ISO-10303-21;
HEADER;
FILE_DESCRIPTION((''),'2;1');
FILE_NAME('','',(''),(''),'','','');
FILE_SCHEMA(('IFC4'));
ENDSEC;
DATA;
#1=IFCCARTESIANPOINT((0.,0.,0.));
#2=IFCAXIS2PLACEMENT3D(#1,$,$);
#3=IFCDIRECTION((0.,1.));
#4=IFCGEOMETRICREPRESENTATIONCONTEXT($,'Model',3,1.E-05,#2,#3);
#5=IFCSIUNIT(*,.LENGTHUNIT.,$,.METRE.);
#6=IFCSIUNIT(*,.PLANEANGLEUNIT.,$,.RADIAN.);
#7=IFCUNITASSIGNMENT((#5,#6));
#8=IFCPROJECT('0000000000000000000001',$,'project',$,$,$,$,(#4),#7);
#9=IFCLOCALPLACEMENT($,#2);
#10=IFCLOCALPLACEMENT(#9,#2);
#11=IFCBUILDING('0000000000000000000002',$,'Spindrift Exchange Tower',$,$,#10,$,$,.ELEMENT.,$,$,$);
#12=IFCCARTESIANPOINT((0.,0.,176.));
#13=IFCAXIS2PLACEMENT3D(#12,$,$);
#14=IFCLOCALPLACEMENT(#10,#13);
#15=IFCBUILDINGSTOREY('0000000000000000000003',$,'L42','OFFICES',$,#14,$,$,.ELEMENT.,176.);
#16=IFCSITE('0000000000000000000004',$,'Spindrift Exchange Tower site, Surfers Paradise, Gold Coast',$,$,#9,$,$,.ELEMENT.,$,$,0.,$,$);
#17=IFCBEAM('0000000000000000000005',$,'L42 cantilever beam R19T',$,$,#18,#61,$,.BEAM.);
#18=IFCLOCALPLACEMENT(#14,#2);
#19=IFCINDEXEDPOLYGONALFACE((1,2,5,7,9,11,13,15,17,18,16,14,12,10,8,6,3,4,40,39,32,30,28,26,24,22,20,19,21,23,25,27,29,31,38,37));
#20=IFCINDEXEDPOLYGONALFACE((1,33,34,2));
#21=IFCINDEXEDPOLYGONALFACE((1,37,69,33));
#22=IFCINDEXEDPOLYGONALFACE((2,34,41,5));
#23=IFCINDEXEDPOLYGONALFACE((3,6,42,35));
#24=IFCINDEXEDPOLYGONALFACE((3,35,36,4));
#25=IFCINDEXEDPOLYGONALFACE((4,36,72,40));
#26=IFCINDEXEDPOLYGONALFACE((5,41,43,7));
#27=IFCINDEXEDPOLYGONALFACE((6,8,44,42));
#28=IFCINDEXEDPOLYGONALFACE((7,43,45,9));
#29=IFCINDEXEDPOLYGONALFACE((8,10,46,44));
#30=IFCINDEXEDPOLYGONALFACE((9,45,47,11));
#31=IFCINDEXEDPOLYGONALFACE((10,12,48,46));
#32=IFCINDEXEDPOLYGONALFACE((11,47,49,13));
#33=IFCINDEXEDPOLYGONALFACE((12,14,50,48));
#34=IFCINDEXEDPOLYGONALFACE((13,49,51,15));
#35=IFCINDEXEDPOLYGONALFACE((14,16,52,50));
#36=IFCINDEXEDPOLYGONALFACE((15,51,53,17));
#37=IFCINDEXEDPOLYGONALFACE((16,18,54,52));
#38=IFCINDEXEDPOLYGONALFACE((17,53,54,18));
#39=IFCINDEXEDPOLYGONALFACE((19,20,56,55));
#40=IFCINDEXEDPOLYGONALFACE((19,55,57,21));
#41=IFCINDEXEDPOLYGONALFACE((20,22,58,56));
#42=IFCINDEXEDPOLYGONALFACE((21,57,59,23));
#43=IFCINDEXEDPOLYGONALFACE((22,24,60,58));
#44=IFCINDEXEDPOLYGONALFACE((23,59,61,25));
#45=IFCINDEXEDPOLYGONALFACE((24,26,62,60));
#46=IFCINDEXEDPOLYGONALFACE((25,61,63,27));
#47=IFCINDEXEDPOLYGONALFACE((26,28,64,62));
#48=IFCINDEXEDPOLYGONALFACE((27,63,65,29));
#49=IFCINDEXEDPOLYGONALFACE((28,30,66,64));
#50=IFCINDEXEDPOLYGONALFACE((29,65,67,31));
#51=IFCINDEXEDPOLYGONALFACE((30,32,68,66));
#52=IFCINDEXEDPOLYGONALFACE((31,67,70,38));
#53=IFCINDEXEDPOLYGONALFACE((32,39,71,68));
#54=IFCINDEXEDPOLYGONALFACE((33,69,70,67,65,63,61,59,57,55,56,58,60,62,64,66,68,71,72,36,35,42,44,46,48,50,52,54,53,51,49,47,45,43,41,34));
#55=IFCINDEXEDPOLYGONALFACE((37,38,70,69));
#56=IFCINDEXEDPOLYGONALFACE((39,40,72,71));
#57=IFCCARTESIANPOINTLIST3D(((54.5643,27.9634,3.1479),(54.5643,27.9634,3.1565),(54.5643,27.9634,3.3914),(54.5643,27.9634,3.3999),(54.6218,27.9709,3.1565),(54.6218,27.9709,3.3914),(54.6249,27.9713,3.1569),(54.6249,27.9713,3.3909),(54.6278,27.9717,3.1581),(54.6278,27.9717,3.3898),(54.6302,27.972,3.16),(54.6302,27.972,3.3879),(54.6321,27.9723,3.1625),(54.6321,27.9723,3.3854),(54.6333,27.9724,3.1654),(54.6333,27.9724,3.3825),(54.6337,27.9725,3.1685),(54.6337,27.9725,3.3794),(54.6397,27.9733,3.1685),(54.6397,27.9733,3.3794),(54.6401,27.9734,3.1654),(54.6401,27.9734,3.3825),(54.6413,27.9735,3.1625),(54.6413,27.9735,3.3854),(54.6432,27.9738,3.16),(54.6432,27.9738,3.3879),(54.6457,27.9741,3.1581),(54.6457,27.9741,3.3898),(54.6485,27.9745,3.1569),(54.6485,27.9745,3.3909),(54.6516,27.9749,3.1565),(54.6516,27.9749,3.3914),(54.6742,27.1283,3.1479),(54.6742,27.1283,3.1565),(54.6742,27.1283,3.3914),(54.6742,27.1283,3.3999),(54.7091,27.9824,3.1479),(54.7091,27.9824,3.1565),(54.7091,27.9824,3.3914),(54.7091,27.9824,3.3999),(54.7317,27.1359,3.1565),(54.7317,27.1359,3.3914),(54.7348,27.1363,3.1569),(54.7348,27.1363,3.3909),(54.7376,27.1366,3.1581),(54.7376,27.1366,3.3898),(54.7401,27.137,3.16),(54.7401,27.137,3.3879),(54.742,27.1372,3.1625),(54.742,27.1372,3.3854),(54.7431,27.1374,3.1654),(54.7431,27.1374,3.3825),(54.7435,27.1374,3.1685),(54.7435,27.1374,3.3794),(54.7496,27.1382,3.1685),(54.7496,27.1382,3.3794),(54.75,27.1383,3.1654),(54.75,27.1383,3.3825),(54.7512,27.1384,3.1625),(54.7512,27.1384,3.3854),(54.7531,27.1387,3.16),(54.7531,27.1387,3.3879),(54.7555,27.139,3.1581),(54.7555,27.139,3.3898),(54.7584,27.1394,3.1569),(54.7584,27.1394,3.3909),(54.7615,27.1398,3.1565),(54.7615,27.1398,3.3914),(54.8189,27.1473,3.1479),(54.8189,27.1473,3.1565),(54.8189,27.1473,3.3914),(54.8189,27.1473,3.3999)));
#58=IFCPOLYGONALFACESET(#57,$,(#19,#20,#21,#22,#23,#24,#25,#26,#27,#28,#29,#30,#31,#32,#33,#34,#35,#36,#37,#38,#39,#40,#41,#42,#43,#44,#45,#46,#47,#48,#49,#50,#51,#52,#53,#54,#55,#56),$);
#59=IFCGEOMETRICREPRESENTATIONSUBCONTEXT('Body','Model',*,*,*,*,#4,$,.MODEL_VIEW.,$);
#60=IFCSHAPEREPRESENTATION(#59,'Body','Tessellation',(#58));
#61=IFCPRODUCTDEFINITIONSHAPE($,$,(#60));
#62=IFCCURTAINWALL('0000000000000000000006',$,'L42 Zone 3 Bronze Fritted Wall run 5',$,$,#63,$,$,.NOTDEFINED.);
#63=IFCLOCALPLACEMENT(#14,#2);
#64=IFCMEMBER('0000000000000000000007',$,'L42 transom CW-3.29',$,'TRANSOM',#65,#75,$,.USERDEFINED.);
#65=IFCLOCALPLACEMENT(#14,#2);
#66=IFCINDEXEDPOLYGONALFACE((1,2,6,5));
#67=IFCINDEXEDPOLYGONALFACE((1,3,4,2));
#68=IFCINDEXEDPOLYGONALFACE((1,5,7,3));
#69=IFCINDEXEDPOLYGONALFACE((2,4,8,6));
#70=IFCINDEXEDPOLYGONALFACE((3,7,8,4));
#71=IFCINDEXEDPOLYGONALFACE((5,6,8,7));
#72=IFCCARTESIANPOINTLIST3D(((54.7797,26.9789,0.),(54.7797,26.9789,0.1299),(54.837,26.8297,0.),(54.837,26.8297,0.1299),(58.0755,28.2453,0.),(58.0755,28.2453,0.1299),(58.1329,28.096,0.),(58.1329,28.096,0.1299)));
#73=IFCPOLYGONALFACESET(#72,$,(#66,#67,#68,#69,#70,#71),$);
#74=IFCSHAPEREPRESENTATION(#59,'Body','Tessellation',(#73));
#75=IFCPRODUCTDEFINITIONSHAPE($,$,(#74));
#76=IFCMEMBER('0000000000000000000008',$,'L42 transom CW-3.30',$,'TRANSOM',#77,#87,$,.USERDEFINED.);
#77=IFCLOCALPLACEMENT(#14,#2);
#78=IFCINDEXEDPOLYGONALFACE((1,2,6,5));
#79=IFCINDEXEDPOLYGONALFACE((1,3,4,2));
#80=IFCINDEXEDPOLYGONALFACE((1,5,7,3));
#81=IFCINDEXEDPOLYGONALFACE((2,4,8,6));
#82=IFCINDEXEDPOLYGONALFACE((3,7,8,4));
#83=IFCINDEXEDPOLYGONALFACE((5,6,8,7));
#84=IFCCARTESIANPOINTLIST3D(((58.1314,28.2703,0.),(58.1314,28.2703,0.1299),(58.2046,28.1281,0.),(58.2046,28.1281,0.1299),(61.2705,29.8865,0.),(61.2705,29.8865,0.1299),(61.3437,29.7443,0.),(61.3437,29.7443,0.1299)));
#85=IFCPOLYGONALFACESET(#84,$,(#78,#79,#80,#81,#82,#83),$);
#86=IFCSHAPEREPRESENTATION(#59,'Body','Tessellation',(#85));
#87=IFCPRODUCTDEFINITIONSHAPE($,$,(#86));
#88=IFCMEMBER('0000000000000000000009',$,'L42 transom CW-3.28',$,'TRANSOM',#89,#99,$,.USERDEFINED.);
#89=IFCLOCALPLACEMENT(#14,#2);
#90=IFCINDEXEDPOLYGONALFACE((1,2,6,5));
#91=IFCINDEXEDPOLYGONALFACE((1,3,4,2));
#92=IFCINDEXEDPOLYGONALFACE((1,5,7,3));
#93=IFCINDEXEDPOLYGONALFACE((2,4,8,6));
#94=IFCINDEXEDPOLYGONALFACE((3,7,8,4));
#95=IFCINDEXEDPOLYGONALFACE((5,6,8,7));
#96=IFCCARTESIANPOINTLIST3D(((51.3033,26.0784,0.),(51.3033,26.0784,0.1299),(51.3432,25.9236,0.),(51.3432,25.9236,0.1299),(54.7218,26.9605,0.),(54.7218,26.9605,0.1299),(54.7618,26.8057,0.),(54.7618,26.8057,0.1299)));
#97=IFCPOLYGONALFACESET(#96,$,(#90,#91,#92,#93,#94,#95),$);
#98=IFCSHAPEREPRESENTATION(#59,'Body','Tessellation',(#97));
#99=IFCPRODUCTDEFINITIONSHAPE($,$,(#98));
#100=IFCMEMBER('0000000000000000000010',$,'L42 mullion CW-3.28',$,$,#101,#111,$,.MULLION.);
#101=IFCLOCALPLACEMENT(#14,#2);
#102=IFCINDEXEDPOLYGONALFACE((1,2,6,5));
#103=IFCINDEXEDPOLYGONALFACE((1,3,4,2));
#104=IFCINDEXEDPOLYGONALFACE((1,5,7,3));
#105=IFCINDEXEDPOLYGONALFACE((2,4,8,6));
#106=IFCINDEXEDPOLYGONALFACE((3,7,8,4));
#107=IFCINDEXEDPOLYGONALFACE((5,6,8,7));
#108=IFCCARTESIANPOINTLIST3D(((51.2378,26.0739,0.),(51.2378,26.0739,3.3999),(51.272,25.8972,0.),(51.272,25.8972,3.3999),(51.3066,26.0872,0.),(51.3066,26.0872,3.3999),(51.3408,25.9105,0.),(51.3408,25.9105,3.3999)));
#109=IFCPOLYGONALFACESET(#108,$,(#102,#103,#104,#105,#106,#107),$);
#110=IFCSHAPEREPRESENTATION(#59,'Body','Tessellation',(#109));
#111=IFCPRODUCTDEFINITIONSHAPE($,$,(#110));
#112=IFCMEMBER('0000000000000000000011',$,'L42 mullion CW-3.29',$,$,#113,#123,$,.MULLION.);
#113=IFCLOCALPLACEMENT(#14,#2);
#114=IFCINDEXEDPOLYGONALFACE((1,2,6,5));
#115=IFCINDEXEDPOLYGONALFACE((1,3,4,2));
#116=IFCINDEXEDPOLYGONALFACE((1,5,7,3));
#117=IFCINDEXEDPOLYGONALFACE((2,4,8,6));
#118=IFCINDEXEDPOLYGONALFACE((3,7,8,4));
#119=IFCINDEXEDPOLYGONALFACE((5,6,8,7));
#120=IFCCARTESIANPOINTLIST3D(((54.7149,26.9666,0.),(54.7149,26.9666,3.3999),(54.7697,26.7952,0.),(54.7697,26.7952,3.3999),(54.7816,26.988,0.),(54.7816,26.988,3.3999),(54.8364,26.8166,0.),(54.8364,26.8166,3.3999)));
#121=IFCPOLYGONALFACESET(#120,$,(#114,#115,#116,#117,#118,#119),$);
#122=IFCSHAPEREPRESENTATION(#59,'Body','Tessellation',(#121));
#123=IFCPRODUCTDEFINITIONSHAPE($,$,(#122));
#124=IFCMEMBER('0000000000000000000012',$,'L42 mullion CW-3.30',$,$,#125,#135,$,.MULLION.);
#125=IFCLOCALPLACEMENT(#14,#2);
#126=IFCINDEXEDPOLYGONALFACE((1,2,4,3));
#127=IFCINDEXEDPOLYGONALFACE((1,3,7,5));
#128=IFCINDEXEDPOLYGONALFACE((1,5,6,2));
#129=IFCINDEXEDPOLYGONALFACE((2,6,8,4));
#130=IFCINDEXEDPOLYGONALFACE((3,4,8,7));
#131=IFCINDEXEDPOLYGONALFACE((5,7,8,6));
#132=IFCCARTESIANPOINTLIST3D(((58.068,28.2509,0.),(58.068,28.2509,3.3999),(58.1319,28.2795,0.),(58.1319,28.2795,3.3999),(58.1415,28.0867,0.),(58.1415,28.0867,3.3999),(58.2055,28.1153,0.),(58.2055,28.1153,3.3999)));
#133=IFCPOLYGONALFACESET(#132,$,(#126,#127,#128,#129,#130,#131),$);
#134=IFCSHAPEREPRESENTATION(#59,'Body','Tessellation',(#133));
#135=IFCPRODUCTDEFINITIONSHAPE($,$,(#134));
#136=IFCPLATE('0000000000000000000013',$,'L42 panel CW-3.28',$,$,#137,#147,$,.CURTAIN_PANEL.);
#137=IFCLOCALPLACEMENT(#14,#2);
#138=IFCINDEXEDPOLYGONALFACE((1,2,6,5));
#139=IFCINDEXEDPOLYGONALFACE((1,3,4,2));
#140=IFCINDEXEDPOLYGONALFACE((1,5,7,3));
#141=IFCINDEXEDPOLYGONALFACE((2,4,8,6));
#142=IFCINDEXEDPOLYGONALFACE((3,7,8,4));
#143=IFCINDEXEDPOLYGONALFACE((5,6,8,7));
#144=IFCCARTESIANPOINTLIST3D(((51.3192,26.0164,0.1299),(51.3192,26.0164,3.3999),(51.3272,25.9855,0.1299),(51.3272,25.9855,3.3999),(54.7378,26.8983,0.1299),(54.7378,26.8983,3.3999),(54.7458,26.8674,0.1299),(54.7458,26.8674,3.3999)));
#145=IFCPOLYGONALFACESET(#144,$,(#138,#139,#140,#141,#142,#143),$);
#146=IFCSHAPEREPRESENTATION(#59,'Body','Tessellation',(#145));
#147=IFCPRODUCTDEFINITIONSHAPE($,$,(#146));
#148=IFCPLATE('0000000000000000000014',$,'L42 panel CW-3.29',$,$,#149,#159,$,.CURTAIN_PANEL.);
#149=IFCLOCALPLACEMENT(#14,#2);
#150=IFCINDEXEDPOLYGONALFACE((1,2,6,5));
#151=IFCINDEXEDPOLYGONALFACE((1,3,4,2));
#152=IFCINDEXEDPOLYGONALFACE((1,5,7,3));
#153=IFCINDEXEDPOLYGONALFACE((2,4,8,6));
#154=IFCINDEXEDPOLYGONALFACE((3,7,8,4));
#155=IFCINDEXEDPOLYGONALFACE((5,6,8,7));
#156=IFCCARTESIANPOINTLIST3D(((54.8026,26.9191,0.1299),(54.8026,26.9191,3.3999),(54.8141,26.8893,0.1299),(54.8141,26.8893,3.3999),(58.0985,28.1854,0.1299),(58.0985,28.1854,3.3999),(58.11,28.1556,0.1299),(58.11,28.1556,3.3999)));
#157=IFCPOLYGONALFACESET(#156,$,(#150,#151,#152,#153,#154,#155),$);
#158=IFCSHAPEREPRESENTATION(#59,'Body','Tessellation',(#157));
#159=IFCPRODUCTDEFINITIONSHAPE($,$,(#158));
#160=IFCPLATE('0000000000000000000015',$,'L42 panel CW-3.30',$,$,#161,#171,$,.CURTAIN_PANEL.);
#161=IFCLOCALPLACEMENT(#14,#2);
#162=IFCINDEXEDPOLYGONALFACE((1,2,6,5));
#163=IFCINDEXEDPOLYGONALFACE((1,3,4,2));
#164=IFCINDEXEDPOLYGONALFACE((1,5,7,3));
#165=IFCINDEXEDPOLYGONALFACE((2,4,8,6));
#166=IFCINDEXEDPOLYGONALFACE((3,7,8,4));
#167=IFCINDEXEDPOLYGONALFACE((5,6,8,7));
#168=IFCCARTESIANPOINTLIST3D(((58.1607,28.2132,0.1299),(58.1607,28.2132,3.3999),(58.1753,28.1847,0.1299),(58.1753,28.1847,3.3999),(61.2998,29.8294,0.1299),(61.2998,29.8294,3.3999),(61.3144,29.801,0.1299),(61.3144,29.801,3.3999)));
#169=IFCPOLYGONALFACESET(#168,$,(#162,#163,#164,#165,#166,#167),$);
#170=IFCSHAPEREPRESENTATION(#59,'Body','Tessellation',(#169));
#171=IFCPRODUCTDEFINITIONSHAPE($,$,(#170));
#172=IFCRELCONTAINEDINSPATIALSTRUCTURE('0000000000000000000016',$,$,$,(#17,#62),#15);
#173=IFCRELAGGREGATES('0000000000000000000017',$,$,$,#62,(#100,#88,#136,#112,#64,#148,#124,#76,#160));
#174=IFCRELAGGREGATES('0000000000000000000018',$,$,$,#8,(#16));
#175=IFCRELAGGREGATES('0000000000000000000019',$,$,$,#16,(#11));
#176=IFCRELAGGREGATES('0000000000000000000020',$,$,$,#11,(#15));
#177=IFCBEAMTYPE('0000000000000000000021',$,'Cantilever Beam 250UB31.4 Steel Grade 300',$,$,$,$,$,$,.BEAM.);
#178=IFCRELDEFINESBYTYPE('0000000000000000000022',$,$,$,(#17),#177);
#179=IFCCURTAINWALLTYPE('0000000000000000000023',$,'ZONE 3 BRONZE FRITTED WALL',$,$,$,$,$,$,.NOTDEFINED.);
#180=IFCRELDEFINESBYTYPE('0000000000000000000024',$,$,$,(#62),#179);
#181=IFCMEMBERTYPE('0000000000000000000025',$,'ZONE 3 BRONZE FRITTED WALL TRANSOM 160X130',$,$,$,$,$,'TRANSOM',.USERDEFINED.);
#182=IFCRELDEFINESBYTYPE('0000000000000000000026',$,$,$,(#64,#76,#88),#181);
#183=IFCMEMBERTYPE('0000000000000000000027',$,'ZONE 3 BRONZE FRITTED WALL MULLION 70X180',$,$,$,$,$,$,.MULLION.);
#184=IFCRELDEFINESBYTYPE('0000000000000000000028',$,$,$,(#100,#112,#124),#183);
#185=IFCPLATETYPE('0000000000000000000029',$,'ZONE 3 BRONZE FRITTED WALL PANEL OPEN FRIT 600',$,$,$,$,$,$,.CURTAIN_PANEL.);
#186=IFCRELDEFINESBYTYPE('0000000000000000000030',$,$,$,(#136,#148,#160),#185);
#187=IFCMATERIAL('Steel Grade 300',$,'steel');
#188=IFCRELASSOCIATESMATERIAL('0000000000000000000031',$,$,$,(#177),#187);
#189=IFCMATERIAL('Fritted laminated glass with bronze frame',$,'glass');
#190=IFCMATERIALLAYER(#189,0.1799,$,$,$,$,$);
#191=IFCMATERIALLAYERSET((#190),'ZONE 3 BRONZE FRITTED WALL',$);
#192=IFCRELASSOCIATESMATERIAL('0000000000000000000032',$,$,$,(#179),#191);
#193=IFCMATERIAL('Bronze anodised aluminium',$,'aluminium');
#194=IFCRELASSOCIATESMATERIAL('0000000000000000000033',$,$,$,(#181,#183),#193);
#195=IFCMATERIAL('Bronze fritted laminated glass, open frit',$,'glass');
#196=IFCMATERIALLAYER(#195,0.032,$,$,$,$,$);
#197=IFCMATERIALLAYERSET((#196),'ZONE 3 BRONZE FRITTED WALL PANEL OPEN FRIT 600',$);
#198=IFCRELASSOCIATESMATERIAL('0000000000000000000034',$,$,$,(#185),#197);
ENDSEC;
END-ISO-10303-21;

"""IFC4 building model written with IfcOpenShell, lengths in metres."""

from ifc_helpers import new_model, si_unit, direction, frame, origin, origin_2d, place, context, subcontext, project, spatial, rectangle, i_section, extrude, source, transform, mapped, material, layer, layer_set, material_profile, profile_set, type_object, element, aggregate, save


model = new_model("IFC4")

# Units and contexts
model_context = context("Model", 3, precision=1e-05, world=origin(), true_north=direction((0.0, 1.0)))
body_context = subcontext(model_context, "Body", "Model", "MODEL_VIEW")
ifc_project = project(units=[si_unit("LENGTHUNIT", "METRE"), si_unit("PLANEANGLEUNIT", "RADIAN")], contexts=[model_context])

# Site, building, storey
site_placement = place(None, origin())
site = spatial("IfcSite", under=ifc_project, at=site_placement, Name="Spindrift Exchange Tower site, Surfers Paradise, Gold Coast", CompositionType="ELEMENT", RefElevation=0.0)
building_placement = place(site_placement, origin())
building = spatial("IfcBuilding", under=site, at=building_placement, Name="Spindrift Exchange Tower", CompositionType="ELEMENT")
storey_placement = place(building_placement, frame((0.0, 0.0, 176.0)))
storey = spatial("IfcBuildingStorey", under=building, at=storey_placement, Name="L42", Description="OFFICES", CompositionType="ELEMENT", Elevation=176.0)

# Beam
ifc_material_1 = material(Name="Steel Grade 300", Category="steel")
ifc_material_profile_1 = material_profile(ifc_material_1, i_section(OverallWidth=0.146, OverallDepth=0.252, WebThickness=0.0061, FlangeThickness=0.0085, FilletRadius=0.012, at=origin_2d()), Name="250UB31.4")
ifc_profile_set_1 = profile_set([ifc_material_profile_1], Name="Steel Grade 300")
beam_type_1 = type_object("IfcBeamType", Name="Cantilever Beam 250UB31.4 Steel Grade 300", PredefinedType="BEAM", material=ifc_profile_set_1)
shared_shape_1 = source(origin(), body_context, "Body", "SweptSolid", [
    extrude(i_section(OverallWidth=0.146, OverallDepth=0.252, WebThickness=0.0061, FlangeThickness=0.0085, FilletRadius=0.012, at=origin_2d()), origin(), (0.0, 0.0, 1.0), 0.8423),
])
beam_1_placement = place(storey_placement, frame((54.6367, 27.9729, 3.2739), z_axis=(0.130417, -0.991459, 0.0), x_axis=(0.991459, 0.130417, 0.0)))
element("IfcBeam", 1, at=beam_1_placement, inside=storey, type_object=beam_type_1, Name="L42 cantilever beam R19T", PredefinedType="BEAM", context=body_context, shape_type="MappedRepresentation", body=[
    mapped(shared_shape_1, transform((0.0, 0.0, 0.0), scale=1.0)),
])

# Curtain wall, members, plates
ifc_material_2 = material(Name="Fritted laminated glass with bronze frame", Category="glass")
ifc_layer_1 = layer(ifc_material_2, 0.1799)
ifc_layer_set_1 = layer_set([ifc_layer_1], Name="ZONE 3 BRONZE FRITTED WALL")
curtain_wall_type = type_object("IfcCurtainWallType", Name="ZONE 3 BRONZE FRITTED WALL", PredefinedType="NOTDEFINED", material=ifc_layer_set_1)
curtain_wall_placement = place(storey_placement, origin())
curtain_wall = element("IfcCurtainWall", 2, at=curtain_wall_placement, inside=storey, type_object=curtain_wall_type, Name="L42 Zone 3 Bronze Fritted Wall run 5", PredefinedType="NOTDEFINED")
ifc_material_3 = material(Name="Bronze anodised aluminium", Category="aluminium")
ifc_material_profile_2 = material_profile(ifc_material_3, rectangle(XDim=0.1599, YDim=0.1299, at=origin_2d()), Name="ZONE 3 BRONZE FRITTED WALL TRANSOM 160X130")
ifc_profile_set_2 = profile_set([ifc_material_profile_2], Name="Bronze anodised aluminium")
member_type_1 = type_object("IfcMemberType", Name="ZONE 3 BRONZE FRITTED WALL TRANSOM 160X130", ElementType="TRANSOM", PredefinedType="USERDEFINED", material=ifc_profile_set_2)
shared_shape_2 = source(origin(), body_context, "Body", "SweptSolid", [
    extrude(rectangle(XDim=0.1599, YDim=0.1299, at=origin_2d()), origin(), (0.0, 0.0, 1.0), 3.5308),
])
member_1_placement = place(storey_placement, frame((54.8083, 26.9043, 0.0649), z_axis=(0.933469, 0.358659, 0.0), x_axis=(-0.358659, 0.933469, 0.0)))
member_1 = element("IfcMember", 3, at=member_1_placement, type_object=member_type_1, Name="L42 transom CW-3.29", ObjectType="TRANSOM", PredefinedType="USERDEFINED", context=body_context, shape_type="MappedRepresentation", body=[
    mapped(shared_shape_2, transform((0.0, 0.0, 0.0), scale=1.0)),
])
member_2_placement = place(storey_placement, frame((58.168, 28.1992, 0.0649), z_axis=(0.889082, 0.457748, 0.0), x_axis=(-0.457748, 0.889082, 0.0)))
member_2 = element("IfcMember", 4, at=member_2_placement, type_object=member_type_1, Name="L42 transom CW-3.30", ObjectType="TRANSOM", PredefinedType="USERDEFINED", context=body_context, shape_type="MappedRepresentation", body=[
    mapped(shared_shape_2, transform((0.0, 0.0, 0.0), scale=1.0)),
])
shared_shape_3 = source(origin(), body_context, "Body", "SweptSolid", [
    extrude(rectangle(XDim=0.1599, YDim=0.1299, at=origin_2d()), origin(), (0.0, 0.0, 1.0), 3.5305),
])
member_3_placement = place(storey_placement, frame((51.3232, 26.001, 0.0649), z_axis=(0.968284, 0.249851, 0.0), x_axis=(-0.249851, 0.968284, 0.0)))
member_3 = element("IfcMember", 5, at=member_3_placement, type_object=member_type_1, Name="L42 transom CW-3.28", ObjectType="TRANSOM", PredefinedType="USERDEFINED", context=body_context, shape_type="MappedRepresentation", body=[
    mapped(shared_shape_3, transform((0.0, 0.0, 0.0), scale=1.0)),
])
ifc_material_profile_3 = material_profile(ifc_material_3, rectangle(XDim=0.0701, YDim=0.1799, at=origin_2d()), Name="ZONE 3 BRONZE FRITTED WALL MULLION 70X180")
ifc_profile_set_3 = profile_set([ifc_material_profile_3], Name="Bronze anodised aluminium")
member_type_2 = type_object("IfcMemberType", Name="ZONE 3 BRONZE FRITTED WALL MULLION 70X180", PredefinedType="MULLION", material=ifc_profile_set_3)
shared_shape_4 = source(origin(), body_context, "Body", "SweptSolid", [
    extrude(rectangle(XDim=0.0701, YDim=0.1799, at=origin_2d()), origin(), (0.0, 0.0, 1.0), 3.3999),
])
member_4_placement = place(storey_placement, frame((51.2893, 25.9922, 0.0), z_axis=(0.0, 0.0, 1.0), x_axis=(0.981831, 0.189758, 0.0)))
member_4 = element("IfcMember", 6, at=member_4_placement, type_object=member_type_2, Name="L42 mullion CW-3.28", PredefinedType="MULLION", context=body_context, shape_type="MappedRepresentation", body=[
    mapped(shared_shape_4, transform((0.0, 0.0, 0.0), scale=1.0)),
])
member_5_placement = place(storey_placement, frame((54.7756, 26.8916, 0.0), z_axis=(0.0, 0.0, 1.0), x_axis=(0.952441, 0.304724, 0.0)))
member_5 = element("IfcMember", 7, at=member_5_placement, type_object=member_type_2, Name="L42 mullion CW-3.29", PredefinedType="MULLION", context=body_context, shape_type="MappedRepresentation", body=[
    mapped(shared_shape_4, transform((0.0, 0.0, 0.0), scale=1.0)),
])
member_6_placement = place(storey_placement, frame((58.1367, 28.1831, 0.0), z_axis=(0.0, 0.0, 1.0), x_axis=(0.912619, 0.40881, 0.0)))
member_6 = element("IfcMember", 8, at=member_6_placement, type_object=member_type_2, Name="L42 mullion CW-3.30", PredefinedType="MULLION", context=body_context, shape_type="MappedRepresentation", body=[
    mapped(shared_shape_4, transform((0.0, 0.0, 0.0), scale=1.0)),
])
ifc_material_4 = material(Name="Bronze fritted laminated glass, open frit", Category="glass")
ifc_layer_2 = layer(ifc_material_4, 0.032)
ifc_layer_set_2 = layer_set([ifc_layer_2], Name="ZONE 3 BRONZE FRITTED WALL PANEL OPEN FRIT 600")
plate_type = type_object("IfcPlateType", Name="ZONE 3 BRONZE FRITTED WALL PANEL OPEN FRIT 600", PredefinedType="CURTAIN_PANEL", material=ifc_layer_set_2)
shared_shape_5 = source(origin(), body_context, "Body", "SweptSolid", [
    extrude(rectangle(XDim=3.5305, YDim=0.032, at=origin_2d()), origin(), (0.0, 0.0, 1.0), 3.27),
])
plate_1_placement = place(storey_placement, frame((53.0325, 26.4419, 0.1299), z_axis=(0.0, 0.0, 1.0), x_axis=(0.968299, 0.249795, 0.0)))
plate_1 = element("IfcPlate", 9, at=plate_1_placement, type_object=plate_type, Name="L42 panel CW-3.28", PredefinedType="CURTAIN_PANEL", context=body_context, shape_type="MappedRepresentation", body=[
    mapped(shared_shape_5, transform((0.0, 0.0, 0.0), scale=1.0)),
])
shared_shape_6 = source(origin(), body_context, "Body", "SweptSolid", [
    extrude(rectangle(XDim=3.5308, YDim=0.032, at=origin_2d()), origin(), (0.0, 0.0, 1.0), 3.27),
])
plate_2_placement = place(storey_placement, frame((56.4563, 27.5374, 0.1299), z_axis=(0.0, 0.0, 1.0), x_axis=(0.93347, 0.358656, 0.0)))
plate_2 = element("IfcPlate", 10, at=plate_2_placement, type_object=plate_type, Name="L42 panel CW-3.29", PredefinedType="CURTAIN_PANEL", context=body_context, shape_type="MappedRepresentation", body=[
    mapped(shared_shape_6, transform((0.0, 0.0, 0.0), scale=1.0)),
])
plate_3_placement = place(storey_placement, frame((59.7375, 29.0071, 0.1299), z_axis=(0.0, 0.0, 1.0), x_axis=(0.889077, 0.457758, 0.0)))
plate_3 = element("IfcPlate", 11, at=plate_3_placement, type_object=plate_type, Name="L42 panel CW-3.30", PredefinedType="CURTAIN_PANEL", context=body_context, shape_type="MappedRepresentation", body=[
    mapped(shared_shape_6, transform((0.0, 0.0, 0.0), scale=1.0)),
])
aggregate(curtain_wall, [member_4, member_3, plate_1, member_5, member_1, plate_2, member_6, member_2, plate_3])

save(model, "model.ifc")
